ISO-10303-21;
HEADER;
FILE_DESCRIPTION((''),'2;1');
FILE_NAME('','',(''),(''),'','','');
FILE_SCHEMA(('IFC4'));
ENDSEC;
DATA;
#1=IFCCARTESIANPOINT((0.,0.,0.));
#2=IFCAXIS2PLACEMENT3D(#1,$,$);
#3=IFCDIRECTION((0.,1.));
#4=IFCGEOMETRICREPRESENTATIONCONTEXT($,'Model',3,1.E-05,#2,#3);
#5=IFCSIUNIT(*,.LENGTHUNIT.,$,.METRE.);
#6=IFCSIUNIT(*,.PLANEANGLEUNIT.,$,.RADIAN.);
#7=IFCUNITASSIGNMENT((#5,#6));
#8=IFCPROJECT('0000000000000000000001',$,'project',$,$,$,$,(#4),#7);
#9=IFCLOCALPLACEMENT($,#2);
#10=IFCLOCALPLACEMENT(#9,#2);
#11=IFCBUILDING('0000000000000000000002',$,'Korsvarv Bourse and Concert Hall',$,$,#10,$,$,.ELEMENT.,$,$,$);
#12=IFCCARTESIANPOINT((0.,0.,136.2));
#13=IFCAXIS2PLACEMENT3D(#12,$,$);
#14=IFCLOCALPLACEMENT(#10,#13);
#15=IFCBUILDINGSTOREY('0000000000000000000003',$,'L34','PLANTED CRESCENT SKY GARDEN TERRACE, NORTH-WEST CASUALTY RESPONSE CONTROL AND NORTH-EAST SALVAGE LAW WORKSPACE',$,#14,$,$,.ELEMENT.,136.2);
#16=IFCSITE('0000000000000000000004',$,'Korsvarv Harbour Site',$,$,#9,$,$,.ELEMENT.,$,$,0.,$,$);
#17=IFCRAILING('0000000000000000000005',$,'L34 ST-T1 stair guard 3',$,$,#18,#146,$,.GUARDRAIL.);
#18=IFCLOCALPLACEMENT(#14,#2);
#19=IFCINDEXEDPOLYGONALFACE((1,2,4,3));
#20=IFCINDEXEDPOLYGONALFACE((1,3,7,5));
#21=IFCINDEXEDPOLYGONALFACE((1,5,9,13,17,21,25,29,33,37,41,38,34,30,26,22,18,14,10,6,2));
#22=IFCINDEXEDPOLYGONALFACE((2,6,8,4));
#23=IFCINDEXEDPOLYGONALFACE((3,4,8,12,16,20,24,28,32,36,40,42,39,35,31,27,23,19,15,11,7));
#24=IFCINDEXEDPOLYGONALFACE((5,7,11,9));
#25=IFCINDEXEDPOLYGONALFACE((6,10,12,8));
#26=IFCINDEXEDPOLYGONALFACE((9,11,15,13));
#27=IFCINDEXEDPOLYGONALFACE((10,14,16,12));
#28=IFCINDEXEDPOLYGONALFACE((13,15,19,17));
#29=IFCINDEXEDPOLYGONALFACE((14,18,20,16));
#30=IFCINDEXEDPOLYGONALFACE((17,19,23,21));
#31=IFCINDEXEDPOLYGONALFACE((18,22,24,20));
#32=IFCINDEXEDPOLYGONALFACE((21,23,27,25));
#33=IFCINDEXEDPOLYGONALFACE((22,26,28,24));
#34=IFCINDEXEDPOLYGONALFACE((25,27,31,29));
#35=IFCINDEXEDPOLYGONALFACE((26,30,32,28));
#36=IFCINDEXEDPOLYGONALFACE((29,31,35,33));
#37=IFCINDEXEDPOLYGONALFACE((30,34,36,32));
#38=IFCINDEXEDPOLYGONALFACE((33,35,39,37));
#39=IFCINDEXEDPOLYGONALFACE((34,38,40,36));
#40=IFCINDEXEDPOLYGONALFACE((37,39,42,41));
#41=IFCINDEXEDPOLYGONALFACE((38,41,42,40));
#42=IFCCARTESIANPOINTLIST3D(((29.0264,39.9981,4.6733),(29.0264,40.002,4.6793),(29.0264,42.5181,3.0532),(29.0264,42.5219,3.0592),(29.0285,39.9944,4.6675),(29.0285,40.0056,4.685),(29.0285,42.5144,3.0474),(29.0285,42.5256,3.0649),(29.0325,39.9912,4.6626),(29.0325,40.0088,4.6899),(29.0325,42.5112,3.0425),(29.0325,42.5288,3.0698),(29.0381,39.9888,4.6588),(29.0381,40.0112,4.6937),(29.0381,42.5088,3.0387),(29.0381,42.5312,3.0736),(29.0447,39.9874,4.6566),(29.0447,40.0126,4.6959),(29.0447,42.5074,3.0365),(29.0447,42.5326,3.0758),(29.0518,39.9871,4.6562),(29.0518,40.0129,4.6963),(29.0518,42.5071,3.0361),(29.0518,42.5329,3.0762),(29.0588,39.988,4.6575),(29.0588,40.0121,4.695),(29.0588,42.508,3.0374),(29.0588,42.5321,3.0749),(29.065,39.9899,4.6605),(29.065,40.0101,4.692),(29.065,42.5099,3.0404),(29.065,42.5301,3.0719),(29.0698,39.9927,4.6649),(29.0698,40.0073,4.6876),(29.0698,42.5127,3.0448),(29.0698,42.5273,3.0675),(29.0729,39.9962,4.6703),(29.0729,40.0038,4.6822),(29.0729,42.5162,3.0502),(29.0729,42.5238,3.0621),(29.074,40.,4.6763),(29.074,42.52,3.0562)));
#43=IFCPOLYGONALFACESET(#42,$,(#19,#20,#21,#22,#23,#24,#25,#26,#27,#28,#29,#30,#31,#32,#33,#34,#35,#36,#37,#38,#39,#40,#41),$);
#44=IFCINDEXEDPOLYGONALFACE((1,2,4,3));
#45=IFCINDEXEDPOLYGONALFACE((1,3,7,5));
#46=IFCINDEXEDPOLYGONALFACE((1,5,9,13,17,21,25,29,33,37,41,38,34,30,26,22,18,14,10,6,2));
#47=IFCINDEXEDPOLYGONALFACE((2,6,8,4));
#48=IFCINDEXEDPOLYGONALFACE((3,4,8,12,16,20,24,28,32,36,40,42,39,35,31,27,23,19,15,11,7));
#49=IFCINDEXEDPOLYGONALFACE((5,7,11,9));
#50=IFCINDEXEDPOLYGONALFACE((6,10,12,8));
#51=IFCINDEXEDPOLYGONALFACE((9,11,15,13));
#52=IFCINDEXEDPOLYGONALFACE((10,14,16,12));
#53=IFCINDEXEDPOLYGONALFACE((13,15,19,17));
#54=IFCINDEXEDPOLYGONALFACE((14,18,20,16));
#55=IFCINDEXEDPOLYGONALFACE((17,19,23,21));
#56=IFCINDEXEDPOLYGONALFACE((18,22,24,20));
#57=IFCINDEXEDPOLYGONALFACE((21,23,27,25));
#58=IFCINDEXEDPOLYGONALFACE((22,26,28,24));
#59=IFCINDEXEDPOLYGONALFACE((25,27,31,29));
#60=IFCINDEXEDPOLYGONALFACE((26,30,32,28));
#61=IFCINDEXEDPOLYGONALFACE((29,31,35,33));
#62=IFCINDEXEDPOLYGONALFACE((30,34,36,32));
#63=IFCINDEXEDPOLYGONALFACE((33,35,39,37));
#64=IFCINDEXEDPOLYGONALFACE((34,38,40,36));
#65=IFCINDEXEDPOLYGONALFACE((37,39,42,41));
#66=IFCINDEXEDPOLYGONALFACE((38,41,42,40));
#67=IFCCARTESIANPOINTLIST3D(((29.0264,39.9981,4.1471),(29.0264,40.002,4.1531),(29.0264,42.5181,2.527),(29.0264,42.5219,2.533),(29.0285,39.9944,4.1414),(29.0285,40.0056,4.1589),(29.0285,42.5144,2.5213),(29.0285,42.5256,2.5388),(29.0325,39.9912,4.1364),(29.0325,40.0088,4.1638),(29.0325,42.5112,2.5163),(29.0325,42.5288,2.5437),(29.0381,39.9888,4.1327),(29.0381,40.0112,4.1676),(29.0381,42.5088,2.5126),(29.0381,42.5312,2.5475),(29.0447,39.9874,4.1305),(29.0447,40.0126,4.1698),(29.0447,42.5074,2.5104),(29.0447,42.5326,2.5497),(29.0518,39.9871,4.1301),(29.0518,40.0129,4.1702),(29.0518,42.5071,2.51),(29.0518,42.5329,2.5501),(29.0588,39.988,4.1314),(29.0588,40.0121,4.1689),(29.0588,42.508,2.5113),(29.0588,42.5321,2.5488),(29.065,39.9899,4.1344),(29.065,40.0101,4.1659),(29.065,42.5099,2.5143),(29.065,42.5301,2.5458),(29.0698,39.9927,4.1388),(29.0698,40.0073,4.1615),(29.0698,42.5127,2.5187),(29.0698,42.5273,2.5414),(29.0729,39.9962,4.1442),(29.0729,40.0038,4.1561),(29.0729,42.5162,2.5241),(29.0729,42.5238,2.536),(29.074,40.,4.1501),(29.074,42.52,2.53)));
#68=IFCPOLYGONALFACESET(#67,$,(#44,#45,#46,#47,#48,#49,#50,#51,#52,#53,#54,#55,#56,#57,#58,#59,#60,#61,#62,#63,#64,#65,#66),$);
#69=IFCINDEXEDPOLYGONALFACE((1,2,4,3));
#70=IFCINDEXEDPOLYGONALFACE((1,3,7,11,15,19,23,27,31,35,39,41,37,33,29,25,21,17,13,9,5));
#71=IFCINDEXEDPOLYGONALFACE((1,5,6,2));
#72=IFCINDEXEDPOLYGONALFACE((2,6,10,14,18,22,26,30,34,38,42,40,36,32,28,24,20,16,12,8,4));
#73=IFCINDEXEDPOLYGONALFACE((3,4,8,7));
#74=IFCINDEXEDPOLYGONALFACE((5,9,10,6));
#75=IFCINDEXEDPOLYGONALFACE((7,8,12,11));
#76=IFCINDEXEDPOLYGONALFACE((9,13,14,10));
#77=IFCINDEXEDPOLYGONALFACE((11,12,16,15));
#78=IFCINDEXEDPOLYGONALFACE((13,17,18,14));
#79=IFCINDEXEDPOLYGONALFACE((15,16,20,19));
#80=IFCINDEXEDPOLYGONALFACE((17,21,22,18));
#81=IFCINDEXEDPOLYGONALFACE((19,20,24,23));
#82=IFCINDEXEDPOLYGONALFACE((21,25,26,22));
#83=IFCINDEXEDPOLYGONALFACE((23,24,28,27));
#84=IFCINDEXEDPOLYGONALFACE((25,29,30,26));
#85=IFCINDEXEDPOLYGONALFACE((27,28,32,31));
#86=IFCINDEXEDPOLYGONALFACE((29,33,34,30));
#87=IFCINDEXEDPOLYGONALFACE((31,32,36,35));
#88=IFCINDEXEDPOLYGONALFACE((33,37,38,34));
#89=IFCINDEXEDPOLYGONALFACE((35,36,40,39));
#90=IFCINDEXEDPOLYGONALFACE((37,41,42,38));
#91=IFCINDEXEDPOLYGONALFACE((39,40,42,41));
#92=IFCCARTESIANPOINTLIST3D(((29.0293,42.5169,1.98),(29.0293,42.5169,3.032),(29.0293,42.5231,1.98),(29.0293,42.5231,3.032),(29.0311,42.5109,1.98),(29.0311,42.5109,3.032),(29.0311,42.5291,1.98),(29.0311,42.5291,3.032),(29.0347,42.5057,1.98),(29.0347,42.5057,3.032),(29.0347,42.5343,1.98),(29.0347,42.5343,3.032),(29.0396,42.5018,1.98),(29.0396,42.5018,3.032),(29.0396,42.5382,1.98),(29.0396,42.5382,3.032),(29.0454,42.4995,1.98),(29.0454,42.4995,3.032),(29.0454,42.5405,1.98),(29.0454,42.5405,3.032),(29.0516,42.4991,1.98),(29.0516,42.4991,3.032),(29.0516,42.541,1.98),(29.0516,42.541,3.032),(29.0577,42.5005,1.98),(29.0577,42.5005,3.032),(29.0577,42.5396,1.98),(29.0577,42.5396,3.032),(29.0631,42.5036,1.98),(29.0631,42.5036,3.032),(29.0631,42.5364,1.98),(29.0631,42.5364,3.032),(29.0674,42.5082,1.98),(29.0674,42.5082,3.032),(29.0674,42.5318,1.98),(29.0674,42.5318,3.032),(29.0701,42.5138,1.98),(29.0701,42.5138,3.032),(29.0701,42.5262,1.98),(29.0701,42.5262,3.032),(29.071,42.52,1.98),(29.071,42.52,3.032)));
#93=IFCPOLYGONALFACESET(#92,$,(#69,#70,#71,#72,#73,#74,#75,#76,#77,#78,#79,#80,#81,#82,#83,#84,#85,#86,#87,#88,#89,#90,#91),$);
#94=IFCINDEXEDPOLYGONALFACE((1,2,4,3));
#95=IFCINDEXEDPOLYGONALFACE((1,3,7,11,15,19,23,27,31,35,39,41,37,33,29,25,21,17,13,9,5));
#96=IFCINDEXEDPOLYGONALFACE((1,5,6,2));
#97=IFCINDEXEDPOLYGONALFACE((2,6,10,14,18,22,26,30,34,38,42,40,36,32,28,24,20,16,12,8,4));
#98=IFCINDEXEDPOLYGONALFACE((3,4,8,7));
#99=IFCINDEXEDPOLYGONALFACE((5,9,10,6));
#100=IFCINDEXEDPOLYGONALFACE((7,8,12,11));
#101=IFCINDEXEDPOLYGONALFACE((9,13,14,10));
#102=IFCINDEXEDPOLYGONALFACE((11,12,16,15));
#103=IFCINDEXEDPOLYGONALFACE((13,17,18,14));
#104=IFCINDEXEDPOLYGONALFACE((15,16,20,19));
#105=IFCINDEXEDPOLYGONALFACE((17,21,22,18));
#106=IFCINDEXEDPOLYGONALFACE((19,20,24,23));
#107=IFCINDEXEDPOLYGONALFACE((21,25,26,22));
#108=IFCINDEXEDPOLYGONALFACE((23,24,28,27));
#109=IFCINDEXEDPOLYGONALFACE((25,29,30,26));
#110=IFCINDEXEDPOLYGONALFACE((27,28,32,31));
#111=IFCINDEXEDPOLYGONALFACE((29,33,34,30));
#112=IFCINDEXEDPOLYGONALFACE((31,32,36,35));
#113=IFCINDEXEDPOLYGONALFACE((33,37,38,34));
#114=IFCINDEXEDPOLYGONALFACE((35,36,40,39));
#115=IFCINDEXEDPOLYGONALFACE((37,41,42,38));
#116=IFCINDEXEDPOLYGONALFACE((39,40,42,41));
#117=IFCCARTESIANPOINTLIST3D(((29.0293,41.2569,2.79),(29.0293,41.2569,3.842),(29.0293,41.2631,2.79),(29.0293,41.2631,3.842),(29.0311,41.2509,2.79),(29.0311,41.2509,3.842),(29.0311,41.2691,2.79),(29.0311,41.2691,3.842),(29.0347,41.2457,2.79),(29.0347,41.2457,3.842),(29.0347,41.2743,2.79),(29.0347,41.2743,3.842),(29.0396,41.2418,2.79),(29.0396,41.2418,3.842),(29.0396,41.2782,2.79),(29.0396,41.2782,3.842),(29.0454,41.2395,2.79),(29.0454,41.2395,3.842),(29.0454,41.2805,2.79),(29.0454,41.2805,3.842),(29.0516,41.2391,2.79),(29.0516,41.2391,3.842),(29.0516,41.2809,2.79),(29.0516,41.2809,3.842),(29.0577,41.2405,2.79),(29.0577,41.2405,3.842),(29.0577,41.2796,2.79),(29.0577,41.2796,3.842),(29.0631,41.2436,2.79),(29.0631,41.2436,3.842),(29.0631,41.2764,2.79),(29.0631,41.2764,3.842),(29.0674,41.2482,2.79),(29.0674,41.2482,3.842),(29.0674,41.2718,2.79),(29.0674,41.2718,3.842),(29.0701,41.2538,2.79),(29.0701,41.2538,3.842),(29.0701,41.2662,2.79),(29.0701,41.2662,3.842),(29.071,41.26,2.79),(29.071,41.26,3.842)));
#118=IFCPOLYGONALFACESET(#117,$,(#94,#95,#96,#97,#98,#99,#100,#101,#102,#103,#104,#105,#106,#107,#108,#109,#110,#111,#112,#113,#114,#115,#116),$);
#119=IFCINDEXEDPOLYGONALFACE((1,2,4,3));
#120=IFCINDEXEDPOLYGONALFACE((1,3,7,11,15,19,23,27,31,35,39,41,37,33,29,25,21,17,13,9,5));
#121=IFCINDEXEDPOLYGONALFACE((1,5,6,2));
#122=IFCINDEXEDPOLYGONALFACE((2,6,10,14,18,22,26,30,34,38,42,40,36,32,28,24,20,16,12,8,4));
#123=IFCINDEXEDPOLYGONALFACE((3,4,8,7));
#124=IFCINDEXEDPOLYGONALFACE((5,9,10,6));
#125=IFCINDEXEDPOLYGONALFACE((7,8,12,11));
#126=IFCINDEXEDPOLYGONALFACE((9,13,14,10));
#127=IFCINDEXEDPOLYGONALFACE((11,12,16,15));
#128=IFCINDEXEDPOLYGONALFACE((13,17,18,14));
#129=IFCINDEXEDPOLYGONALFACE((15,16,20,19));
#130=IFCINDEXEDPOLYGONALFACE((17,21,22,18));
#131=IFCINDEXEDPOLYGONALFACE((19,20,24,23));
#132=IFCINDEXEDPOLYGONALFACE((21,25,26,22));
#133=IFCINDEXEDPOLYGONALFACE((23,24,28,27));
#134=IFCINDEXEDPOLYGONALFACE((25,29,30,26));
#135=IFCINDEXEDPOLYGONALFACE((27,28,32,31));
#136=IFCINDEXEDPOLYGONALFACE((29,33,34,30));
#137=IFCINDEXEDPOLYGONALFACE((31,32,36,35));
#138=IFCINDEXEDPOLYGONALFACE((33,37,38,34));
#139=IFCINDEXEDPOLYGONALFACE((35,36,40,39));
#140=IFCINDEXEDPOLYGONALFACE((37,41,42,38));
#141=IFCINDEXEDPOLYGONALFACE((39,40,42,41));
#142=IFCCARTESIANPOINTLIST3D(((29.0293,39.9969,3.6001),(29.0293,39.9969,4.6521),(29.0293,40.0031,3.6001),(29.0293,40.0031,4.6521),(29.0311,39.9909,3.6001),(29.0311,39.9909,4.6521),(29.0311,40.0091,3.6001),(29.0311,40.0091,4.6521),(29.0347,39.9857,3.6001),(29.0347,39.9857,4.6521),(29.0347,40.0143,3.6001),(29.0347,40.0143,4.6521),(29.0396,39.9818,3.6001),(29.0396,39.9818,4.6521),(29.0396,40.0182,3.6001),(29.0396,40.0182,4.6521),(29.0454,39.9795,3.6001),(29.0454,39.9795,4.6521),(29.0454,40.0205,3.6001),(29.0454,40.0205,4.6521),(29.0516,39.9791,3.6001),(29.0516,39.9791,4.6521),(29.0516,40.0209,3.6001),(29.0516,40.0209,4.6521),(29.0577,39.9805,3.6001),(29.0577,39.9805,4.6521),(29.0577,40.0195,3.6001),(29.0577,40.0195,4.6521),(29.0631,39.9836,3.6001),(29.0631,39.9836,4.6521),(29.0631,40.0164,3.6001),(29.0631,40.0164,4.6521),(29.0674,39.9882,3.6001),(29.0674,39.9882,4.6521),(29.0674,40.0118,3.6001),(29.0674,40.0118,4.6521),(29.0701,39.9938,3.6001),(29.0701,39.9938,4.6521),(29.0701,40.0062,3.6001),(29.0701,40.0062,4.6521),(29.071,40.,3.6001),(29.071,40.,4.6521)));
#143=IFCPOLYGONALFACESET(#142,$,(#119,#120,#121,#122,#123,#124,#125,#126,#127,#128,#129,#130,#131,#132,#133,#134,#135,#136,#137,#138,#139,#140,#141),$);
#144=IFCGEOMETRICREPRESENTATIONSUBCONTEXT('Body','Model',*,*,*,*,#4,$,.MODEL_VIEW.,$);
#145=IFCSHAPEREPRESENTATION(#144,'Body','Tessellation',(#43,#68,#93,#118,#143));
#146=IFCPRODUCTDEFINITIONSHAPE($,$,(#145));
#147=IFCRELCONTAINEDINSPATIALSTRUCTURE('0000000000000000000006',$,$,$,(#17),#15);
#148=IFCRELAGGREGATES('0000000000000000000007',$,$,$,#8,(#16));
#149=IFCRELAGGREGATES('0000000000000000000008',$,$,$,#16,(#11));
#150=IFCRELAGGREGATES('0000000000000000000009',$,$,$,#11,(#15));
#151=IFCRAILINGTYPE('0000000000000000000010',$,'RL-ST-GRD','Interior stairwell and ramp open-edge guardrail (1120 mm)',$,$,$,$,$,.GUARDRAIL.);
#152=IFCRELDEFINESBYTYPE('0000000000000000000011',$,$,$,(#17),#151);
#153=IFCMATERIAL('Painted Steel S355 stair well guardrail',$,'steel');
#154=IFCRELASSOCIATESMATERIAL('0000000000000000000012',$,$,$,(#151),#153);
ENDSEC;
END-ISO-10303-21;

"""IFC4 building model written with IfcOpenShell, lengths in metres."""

from ifc_helpers import new_model, si_unit, direction, frame, origin, origin_2d, place, context, subcontext, project, spatial, circle, extrude, material, type_object, element, save


model = new_model("IFC4")

# Units and contexts
model_context = context("Model", 3, precision=1e-05, world=origin(), true_north=direction((0.0, 1.0)))
body_context = subcontext(model_context, "Body", "Model", "MODEL_VIEW")
ifc_project = project(units=[si_unit("LENGTHUNIT", "METRE"), si_unit("PLANEANGLEUNIT", "RADIAN")], contexts=[model_context])

# Site, building, storey
site_placement = place(None, origin())
site = spatial("IfcSite", under=ifc_project, at=site_placement, Name="Korsvarv Harbour Site", CompositionType="ELEMENT", RefElevation=0.0)
building_placement = place(site_placement, origin())
building = spatial("IfcBuilding", under=site, at=building_placement, Name="Korsvarv Bourse and Concert Hall", CompositionType="ELEMENT")
storey_placement = place(building_placement, frame((0.0, 0.0, 136.2)))
storey = spatial("IfcBuildingStorey", under=building, at=storey_placement, Name="L34", Description="PLANTED CRESCENT SKY GARDEN TERRACE, NORTH-WEST CASUALTY RESPONSE CONTROL AND NORTH-EAST SALVAGE LAW WORKSPACE", CompositionType="ELEMENT", Elevation=136.2)

# Railing
ifc_material_1 = material(Name="Painted Steel S355 stair well guardrail", Category="steel")
railing_type = type_object("IfcRailingType", Name="RL-ST-GRD", Description="Interior stairwell and ramp open-edge guardrail (1120 mm)", PredefinedType="GUARDRAIL", material=ifc_material_1)
railing_1_placement = place(storey_placement, frame((29.05, 42.52, 1.98)))
element("IfcRailing", 1, at=railing_1_placement, inside=storey, type_object=railing_type, Name="L34 ST-T1 stair guard 3", PredefinedType="GUARDRAIL", context=body_context, shape_type="SweptSolid", body=[
    extrude(circle(Radius=0.0239, at=origin_2d()), frame((0.0, 0.0, 1.0762), z_axis=(0.0, -0.841163, 0.540782), x_axis=(1.0, 0.0, 0.0)), (0.0, 0.0, 1.0), 2.9958),
    extrude(circle(Radius=0.0239, at=origin_2d()), frame((0.0, 0.0, 0.55), z_axis=(0.0, -0.841163, 0.540782), x_axis=(1.0, 0.0, 0.0)), (0.0, 0.0, 1.0), 2.9958),
    extrude(circle(Radius=0.021, at=origin_2d()), origin(), (0.0, 0.0, 1.0), 1.052),
    extrude(circle(Radius=0.021, at=origin_2d()), frame((0.0, -1.26, 0.8101)), (0.0, 0.0, 1.0), 1.052),
    extrude(circle(Radius=0.021, at=origin_2d()), frame((0.0, -2.52, 1.6201)), (0.0, 0.0, 1.0), 1.052),
])

save(model, "model.ifc")
